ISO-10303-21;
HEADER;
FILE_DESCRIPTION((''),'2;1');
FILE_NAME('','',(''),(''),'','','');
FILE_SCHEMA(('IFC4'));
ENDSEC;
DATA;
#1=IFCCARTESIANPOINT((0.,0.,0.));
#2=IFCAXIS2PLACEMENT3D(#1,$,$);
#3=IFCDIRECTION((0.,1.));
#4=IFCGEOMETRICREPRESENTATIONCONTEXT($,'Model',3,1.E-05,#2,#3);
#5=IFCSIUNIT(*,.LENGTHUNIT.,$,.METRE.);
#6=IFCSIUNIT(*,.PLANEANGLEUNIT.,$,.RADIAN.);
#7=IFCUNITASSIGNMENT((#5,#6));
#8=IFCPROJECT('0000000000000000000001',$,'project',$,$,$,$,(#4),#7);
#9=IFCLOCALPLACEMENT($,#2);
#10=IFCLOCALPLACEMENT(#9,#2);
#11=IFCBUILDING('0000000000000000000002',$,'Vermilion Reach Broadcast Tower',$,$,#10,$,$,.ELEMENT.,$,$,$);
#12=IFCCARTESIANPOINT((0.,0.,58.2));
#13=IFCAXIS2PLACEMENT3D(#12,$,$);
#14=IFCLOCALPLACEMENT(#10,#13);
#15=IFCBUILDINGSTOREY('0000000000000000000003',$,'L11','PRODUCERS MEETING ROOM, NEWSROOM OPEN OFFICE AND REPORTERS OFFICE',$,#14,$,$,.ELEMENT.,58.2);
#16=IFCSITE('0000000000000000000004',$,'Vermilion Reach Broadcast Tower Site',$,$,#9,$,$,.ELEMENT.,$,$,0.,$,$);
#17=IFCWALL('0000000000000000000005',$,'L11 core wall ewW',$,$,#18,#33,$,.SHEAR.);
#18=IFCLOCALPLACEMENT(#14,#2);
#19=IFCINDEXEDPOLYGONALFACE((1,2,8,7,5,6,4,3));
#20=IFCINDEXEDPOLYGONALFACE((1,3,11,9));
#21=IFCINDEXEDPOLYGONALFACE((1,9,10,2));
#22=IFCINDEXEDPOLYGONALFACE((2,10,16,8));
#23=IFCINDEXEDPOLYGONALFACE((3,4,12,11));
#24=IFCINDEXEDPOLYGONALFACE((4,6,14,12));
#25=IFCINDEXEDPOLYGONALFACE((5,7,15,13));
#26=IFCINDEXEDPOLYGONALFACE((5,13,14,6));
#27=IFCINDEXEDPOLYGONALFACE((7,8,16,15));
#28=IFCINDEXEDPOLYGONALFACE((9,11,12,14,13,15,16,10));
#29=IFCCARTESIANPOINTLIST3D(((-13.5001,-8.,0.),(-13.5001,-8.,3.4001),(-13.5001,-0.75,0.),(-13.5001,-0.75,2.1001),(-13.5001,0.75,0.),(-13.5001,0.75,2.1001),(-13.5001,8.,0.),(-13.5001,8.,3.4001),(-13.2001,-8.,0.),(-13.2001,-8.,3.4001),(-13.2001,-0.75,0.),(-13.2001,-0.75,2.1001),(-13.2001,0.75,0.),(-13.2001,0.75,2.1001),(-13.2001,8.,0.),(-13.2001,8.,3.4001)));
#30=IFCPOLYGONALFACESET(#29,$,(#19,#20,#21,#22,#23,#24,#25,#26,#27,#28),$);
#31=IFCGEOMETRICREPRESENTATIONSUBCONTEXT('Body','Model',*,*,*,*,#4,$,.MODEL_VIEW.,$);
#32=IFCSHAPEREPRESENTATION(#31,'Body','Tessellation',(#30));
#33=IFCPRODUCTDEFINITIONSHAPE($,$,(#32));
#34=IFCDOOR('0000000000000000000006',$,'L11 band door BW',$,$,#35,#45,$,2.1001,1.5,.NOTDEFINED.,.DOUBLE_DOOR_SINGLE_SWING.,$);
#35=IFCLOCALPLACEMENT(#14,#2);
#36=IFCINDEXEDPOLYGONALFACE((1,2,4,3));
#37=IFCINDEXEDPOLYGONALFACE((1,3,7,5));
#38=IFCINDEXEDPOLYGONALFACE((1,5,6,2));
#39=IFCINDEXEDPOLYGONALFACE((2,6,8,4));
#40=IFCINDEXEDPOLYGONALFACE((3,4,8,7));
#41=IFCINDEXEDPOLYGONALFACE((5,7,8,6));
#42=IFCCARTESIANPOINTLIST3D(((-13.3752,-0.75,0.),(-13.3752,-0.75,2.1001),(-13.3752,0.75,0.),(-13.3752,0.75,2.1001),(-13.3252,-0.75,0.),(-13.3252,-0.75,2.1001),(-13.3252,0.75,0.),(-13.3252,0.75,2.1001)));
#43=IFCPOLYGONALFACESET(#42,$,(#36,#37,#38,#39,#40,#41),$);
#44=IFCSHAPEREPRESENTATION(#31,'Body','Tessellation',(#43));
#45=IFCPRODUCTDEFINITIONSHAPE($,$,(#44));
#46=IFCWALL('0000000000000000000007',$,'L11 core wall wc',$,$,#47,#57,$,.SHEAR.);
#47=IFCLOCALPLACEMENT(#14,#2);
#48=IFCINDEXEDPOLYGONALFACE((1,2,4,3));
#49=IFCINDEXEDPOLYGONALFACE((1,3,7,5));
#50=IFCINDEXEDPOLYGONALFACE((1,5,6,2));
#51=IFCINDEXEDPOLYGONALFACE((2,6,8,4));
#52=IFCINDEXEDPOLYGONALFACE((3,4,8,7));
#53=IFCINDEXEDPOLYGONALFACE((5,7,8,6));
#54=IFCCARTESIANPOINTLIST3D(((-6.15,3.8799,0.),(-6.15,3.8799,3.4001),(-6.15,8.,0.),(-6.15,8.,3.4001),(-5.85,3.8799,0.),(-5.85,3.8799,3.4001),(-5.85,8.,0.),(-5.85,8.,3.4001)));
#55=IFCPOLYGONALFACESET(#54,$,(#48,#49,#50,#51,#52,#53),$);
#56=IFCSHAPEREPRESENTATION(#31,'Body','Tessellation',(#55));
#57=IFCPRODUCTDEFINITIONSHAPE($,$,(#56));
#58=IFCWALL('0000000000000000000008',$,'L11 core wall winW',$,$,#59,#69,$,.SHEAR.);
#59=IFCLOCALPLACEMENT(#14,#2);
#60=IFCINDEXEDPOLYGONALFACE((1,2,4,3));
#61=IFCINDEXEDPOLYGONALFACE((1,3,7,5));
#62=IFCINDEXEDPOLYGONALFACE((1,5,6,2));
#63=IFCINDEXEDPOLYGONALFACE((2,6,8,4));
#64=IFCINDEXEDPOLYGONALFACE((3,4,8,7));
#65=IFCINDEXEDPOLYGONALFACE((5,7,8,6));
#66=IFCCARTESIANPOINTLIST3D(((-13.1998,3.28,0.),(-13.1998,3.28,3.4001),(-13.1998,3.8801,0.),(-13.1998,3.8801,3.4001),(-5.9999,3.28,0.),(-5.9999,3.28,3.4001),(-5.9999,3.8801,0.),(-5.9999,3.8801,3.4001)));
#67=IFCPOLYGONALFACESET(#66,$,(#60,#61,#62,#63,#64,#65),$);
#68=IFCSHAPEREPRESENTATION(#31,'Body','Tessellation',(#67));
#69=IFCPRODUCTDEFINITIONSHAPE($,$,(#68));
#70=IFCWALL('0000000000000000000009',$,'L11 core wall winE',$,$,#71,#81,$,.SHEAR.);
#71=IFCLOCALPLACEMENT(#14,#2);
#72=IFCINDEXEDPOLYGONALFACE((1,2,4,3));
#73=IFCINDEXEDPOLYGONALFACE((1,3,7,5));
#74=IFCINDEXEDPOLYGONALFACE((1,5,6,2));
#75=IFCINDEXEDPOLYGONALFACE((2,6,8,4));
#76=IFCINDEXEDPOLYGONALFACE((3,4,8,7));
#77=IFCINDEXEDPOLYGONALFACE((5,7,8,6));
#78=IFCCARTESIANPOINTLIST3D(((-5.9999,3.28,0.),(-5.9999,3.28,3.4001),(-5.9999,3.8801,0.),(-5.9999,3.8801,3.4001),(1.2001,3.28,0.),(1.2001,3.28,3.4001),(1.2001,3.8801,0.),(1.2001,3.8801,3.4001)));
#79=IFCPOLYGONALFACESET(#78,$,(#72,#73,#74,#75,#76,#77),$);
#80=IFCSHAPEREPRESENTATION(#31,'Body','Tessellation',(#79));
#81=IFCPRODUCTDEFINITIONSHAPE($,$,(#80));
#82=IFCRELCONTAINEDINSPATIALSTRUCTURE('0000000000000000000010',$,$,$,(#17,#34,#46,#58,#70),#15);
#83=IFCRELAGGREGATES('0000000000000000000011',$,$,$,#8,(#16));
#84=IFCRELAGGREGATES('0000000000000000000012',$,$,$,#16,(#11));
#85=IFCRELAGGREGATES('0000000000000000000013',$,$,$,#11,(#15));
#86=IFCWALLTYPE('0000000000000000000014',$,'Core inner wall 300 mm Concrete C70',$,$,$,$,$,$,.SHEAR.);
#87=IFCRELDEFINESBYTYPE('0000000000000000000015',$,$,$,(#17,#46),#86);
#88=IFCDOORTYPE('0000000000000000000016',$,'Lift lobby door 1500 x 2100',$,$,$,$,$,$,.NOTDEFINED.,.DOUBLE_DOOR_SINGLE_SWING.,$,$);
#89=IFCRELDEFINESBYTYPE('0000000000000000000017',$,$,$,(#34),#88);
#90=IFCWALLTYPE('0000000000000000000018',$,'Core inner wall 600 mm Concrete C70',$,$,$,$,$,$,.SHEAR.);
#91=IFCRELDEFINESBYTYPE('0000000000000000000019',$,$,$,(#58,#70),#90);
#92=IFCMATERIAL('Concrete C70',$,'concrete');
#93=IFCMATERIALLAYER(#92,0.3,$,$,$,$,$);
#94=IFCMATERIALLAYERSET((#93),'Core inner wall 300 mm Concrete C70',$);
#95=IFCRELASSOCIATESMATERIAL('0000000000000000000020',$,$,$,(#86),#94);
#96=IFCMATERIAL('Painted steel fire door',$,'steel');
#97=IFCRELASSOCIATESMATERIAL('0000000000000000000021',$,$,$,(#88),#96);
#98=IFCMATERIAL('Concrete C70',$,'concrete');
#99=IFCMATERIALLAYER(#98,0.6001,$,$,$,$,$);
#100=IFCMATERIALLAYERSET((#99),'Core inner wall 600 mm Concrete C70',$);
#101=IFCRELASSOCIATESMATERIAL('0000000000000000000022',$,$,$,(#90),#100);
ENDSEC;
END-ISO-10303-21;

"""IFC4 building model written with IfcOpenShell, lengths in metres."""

from ifc_helpers import new_model, si_unit, direction, frame, frame_2d, origin, place, context, subcontext, project, spatial, rectangle, extrude, material, layer, layer_set, type_object, element, fill, save


model = new_model("IFC4")

# Units and contexts
model_context = context("Model", 3, precision=1e-05, world=origin(), true_north=direction((0.0, 1.0)))
body_context = subcontext(model_context, "Body", "Model", "MODEL_VIEW")
ifc_project = project(units=[si_unit("LENGTHUNIT", "METRE"), si_unit("PLANEANGLEUNIT", "RADIAN")], contexts=[model_context])

# Site, building, storey
site_placement = place(None, origin())
site = spatial("IfcSite", under=ifc_project, at=site_placement, Name="Vermilion Reach Broadcast Tower Site", CompositionType="ELEMENT", RefElevation=0.0)
building_placement = place(site_placement, origin())
building = spatial("IfcBuilding", under=site, at=building_placement, Name="Vermilion Reach Broadcast Tower", CompositionType="ELEMENT")
storey_placement = place(building_placement, frame((0.0, 0.0, 58.2)))
storey = spatial("IfcBuildingStorey", under=building, at=storey_placement, Name="L11", Description="PRODUCERS MEETING ROOM, NEWSROOM OPEN OFFICE AND REPORTERS OFFICE", CompositionType="ELEMENT", Elevation=58.2)

# Wall, opening, door
ifc_material_1 = material(Name="Concrete C70", Category="concrete")
ifc_layer_1 = layer(ifc_material_1, 0.3)
ifc_layer_set_1 = layer_set([ifc_layer_1], Name="Core inner wall 300 mm Concrete C70")
wall_type_1 = type_object("IfcWallType", Name="Core inner wall 300 mm Concrete C70", PredefinedType="SHEAR", material=ifc_layer_set_1)
wall_1_placement = place(storey_placement, frame((-13.3501, 8.0, 0.0), z_axis=(0.0, 0.0, 1.0), x_axis=(0.0, -1.0, 0.0)))
wall_1 = element("IfcWall", 1, at=wall_1_placement, inside=storey, type_object=wall_type_1, Name="L11 core wall ewW", PredefinedType="SHEAR", context=body_context, shape_type="SweptSolid", body=[
    extrude(rectangle(XDim=16.0, YDim=0.3, at=frame_2d((8.0, 0.0))), origin(), (0.0, 0.0, 1.0), 3.4001),
])
opening_1_placement = place(wall_1_placement, frame((7.25, 0.0, 0.0)))
opening_1 = element("IfcOpeningElement", 2, at=opening_1_placement, cuts=wall_1, PredefinedType="OPENING", context=body_context, shape_type="SweptSolid", body=[
    extrude(rectangle(XDim=1.5, YDim=2.1001, at=frame_2d((0.75, 1.05))), frame((0.0, 0.1599, 0.0), z_axis=(0.0, -1.0, 0.0), x_axis=(1.0, 0.0, 0.0)), (0.0, 0.0, 1.0), 0.3201),
])
ifc_material_2 = material(Name="Painted steel fire door", Category="steel")
door_type_1 = type_object("IfcDoorType", Name="Lift lobby door 1500 x 2100", OperationType="DOUBLE_DOOR_SINGLE_SWING", PredefinedType="NOTDEFINED", material=ifc_material_2)
door_1_placement = place(opening_1_placement, origin())
door_1 = element("IfcDoor", 3, at=door_1_placement, inside=storey, type_object=door_type_1, Name="L11 band door BW", OperationType="DOUBLE_DOOR_SINGLE_SWING", OverallHeight=2.1001, OverallWidth=1.5, PredefinedType="NOTDEFINED", context=body_context, shape_type="SweptSolid", body=[
    extrude(rectangle(XDim=1.5, YDim=2.1001, at=frame_2d((0.75, 1.05))), frame((0.0, 0.0249, 0.0), z_axis=(0.0, -1.0, 0.0), x_axis=(1.0, 0.0, 0.0)), (0.0, 0.0, 1.0), 0.05),
])
fill(opening_1, door_1)

# Walls
wall_2_placement = place(storey_placement, frame((-6.0, 3.8799, 0.0), z_axis=(0.0, 0.0, 1.0), x_axis=(0.0, 1.0, 0.0)))
element("IfcWall", 4, at=wall_2_placement, inside=storey, type_object=wall_type_1, Name="L11 core wall wc", PredefinedType="SHEAR", context=body_context, shape_type="SweptSolid", body=[
    extrude(rectangle(XDim=4.1201, YDim=0.3, at=frame_2d((2.0601, 0.0))), origin(), (0.0, 0.0, 1.0), 3.4001),
])
ifc_material_3 = material(Name="Concrete C70", Category="concrete")
ifc_layer_2 = layer(ifc_material_3, 0.6001)
ifc_layer_set_2 = layer_set([ifc_layer_2], Name="Core inner wall 600 mm Concrete C70")
wall_type_2 = type_object("IfcWallType", Name="Core inner wall 600 mm Concrete C70", PredefinedType="SHEAR", material=ifc_layer_set_2)
for number, where, z_axis, x_axis, name in (
    (5, (-13.2, 3.5801, 0.0), (0.0, 0.0, 1.0), (1.0, 0.0, 0.0), "L11 core wall winW"),
    (6, (-6.0, 3.5801, 0.0), (0.0, 0.0, 1.0), (1.0, 0.0, 0.0), "L11 core wall winE"),
):
    element("IfcWall", number, at=place(storey_placement, frame(where, z_axis=z_axis, x_axis=x_axis)), inside=storey, type_object=wall_type_2, Name=name, PredefinedType="SHEAR", context=body_context, shape_type="SweptSolid", body=[
        extrude(rectangle(XDim=7.2, YDim=0.6001, at=frame_2d((3.6001, 0.0))), origin(), (0.0, 0.0, 1.0), 3.4001),
    ])

save(model, "model.ifc")
